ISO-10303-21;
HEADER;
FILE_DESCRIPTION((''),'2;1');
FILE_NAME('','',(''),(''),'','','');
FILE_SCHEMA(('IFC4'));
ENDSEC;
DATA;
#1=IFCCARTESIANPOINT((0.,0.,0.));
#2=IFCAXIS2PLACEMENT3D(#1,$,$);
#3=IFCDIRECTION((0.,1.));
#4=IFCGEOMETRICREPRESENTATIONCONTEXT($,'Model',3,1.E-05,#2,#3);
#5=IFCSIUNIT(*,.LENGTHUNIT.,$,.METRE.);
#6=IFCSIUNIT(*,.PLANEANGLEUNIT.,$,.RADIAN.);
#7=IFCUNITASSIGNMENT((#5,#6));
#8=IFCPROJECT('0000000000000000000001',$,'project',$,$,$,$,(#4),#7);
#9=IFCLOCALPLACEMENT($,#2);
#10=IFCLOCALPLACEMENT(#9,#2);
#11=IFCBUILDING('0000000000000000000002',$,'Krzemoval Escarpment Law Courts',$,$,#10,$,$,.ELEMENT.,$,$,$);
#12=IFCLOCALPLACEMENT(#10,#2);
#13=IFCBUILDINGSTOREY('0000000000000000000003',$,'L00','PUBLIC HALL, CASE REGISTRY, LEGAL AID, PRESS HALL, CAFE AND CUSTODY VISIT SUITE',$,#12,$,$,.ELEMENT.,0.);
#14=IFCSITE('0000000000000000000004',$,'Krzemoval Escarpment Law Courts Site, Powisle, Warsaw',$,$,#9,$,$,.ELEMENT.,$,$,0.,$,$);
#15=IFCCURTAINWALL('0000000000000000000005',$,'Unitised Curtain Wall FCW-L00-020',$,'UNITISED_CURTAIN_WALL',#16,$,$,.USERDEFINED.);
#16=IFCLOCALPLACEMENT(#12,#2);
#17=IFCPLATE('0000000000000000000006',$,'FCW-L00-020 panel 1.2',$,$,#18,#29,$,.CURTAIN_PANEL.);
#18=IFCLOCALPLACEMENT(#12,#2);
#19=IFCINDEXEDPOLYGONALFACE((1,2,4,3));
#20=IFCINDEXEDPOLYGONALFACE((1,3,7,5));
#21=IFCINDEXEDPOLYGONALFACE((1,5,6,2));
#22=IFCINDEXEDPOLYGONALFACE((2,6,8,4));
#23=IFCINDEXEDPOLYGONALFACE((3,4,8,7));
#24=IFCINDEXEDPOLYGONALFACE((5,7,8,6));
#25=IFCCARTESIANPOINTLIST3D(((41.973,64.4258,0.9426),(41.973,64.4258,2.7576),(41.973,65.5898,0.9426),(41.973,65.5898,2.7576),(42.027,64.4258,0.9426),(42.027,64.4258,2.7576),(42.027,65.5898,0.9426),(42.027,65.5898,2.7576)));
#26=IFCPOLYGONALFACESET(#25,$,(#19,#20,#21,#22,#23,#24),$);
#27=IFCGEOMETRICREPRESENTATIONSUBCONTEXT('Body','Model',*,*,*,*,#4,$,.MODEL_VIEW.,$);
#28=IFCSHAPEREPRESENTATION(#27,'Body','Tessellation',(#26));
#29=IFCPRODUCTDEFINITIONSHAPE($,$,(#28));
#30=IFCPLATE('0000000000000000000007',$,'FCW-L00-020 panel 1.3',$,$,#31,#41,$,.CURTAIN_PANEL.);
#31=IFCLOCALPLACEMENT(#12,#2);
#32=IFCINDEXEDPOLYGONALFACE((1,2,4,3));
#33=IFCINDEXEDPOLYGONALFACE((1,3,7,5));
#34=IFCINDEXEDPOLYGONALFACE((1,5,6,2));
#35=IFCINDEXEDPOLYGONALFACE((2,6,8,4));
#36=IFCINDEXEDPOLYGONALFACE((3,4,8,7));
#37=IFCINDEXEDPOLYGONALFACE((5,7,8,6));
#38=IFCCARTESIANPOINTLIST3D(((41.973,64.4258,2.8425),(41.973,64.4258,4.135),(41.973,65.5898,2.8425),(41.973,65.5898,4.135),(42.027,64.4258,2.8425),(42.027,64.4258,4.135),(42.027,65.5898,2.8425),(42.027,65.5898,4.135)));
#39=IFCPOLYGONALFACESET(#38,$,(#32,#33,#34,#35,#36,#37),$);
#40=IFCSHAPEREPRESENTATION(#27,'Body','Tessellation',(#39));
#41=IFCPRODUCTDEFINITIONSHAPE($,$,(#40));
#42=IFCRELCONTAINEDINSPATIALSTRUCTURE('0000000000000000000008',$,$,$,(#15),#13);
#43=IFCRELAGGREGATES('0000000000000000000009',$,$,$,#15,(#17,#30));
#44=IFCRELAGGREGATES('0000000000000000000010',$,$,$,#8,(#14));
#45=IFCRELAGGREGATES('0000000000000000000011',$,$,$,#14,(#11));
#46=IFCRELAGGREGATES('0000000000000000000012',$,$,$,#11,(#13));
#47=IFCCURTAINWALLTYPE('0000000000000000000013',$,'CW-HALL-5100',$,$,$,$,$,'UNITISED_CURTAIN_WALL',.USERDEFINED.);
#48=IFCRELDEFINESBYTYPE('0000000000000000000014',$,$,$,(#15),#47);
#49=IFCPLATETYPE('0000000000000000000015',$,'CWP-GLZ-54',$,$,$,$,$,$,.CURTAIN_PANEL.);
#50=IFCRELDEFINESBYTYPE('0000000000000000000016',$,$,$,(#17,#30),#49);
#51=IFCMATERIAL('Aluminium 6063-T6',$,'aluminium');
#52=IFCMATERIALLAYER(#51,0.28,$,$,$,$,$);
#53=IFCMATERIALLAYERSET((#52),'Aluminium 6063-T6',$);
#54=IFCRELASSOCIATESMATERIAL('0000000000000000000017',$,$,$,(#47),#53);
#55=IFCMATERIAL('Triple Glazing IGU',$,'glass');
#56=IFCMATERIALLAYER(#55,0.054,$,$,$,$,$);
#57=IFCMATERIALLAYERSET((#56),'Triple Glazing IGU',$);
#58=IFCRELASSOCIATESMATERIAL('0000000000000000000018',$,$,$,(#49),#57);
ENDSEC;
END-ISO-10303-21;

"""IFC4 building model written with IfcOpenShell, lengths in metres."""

from ifc_helpers import new_model, si_unit, direction, frame, origin, origin_2d, place, context, subcontext, project, spatial, rectangle, extrude, material, layer, layer_set, type_object, element, aggregate, save


model = new_model("IFC4")

# Units and contexts
model_context = context("Model", 3, precision=1e-05, world=origin(), true_north=direction((0.0, 1.0)))
body_context = subcontext(model_context, "Body", "Model", "MODEL_VIEW")
ifc_project = project(units=[si_unit("LENGTHUNIT", "METRE"), si_unit("PLANEANGLEUNIT", "RADIAN")], contexts=[model_context])

# Site, building, storey
site_placement = place(None, origin())
site = spatial("IfcSite", under=ifc_project, at=site_placement, Name="Krzemoval Escarpment Law Courts Site, Powisle, Warsaw", CompositionType="ELEMENT", RefElevation=0.0)
building_placement = place(site_placement, origin())
building = spatial("IfcBuilding", under=site, at=building_placement, Name="Krzemoval Escarpment Law Courts", CompositionType="ELEMENT")
storey_placement = place(building_placement, origin())
storey = spatial("IfcBuildingStorey", under=building, at=storey_placement, Name="L00", Description="PUBLIC HALL, CASE REGISTRY, LEGAL AID, PRESS HALL, CAFE AND CUSTODY VISIT SUITE", CompositionType="ELEMENT", Elevation=0.0)

# Curtain wall
ifc_material_1 = material(Name="Aluminium 6063-T6", Category="aluminium")
ifc_layer_1 = layer(ifc_material_1, 0.28)
ifc_layer_set_1 = layer_set([ifc_layer_1], Name="Aluminium 6063-T6")
curtain_wall_type = type_object("IfcCurtainWallType", Name="CW-HALL-5100", ElementType="UNITISED_CURTAIN_WALL", PredefinedType="USERDEFINED", material=ifc_layer_set_1)
curtain_wall_1_placement = place(storey_placement, origin())
curtain_wall_1 = element("IfcCurtainWall", 1, at=curtain_wall_1_placement, inside=storey, type_object=curtain_wall_type, Name="Unitised Curtain Wall FCW-L00-020", ObjectType="UNITISED_CURTAIN_WALL", PredefinedType="USERDEFINED")

# Plates
ifc_material_2 = material(Name="Triple Glazing IGU", Category="glass")
ifc_layer_2 = layer(ifc_material_2, 0.054)
ifc_layer_set_2 = layer_set([ifc_layer_2], Name="Triple Glazing IGU")
plate_type = type_object("IfcPlateType", Name="CWP-GLZ-54", PredefinedType="CURTAIN_PANEL", material=ifc_layer_set_2)
plate_1_placement = place(storey_placement, frame((42.0, 65.0078, 0.9426), z_axis=(0.0, 0.0, 1.0), x_axis=(0.0, -1.0, 0.0)))
plate_1 = element("IfcPlate", 2, at=plate_1_placement, type_object=plate_type, Name="FCW-L00-020 panel 1.2", PredefinedType="CURTAIN_PANEL", context=body_context, shape_type="SweptSolid", body=[
    extrude(rectangle(XDim=1.1641, YDim=0.054, at=origin_2d()), origin(), (0.0, 0.0, 1.0), 1.8149),
])
plate_2_placement = place(storey_placement, frame((42.0, 65.0078, 2.8425), z_axis=(0.0, 0.0, 1.0), x_axis=(0.0, -1.0, 0.0)))
plate_2 = element("IfcPlate", 3, at=plate_2_placement, type_object=plate_type, Name="FCW-L00-020 panel 1.3", PredefinedType="CURTAIN_PANEL", context=body_context, shape_type="SweptSolid", body=[
    extrude(rectangle(XDim=1.1641, YDim=0.054, at=origin_2d()), origin(), (0.0, 0.0, 1.0), 1.2925),
])
aggregate(curtain_wall_1, [plate_1, plate_2])

save(model, "model.ifc")
